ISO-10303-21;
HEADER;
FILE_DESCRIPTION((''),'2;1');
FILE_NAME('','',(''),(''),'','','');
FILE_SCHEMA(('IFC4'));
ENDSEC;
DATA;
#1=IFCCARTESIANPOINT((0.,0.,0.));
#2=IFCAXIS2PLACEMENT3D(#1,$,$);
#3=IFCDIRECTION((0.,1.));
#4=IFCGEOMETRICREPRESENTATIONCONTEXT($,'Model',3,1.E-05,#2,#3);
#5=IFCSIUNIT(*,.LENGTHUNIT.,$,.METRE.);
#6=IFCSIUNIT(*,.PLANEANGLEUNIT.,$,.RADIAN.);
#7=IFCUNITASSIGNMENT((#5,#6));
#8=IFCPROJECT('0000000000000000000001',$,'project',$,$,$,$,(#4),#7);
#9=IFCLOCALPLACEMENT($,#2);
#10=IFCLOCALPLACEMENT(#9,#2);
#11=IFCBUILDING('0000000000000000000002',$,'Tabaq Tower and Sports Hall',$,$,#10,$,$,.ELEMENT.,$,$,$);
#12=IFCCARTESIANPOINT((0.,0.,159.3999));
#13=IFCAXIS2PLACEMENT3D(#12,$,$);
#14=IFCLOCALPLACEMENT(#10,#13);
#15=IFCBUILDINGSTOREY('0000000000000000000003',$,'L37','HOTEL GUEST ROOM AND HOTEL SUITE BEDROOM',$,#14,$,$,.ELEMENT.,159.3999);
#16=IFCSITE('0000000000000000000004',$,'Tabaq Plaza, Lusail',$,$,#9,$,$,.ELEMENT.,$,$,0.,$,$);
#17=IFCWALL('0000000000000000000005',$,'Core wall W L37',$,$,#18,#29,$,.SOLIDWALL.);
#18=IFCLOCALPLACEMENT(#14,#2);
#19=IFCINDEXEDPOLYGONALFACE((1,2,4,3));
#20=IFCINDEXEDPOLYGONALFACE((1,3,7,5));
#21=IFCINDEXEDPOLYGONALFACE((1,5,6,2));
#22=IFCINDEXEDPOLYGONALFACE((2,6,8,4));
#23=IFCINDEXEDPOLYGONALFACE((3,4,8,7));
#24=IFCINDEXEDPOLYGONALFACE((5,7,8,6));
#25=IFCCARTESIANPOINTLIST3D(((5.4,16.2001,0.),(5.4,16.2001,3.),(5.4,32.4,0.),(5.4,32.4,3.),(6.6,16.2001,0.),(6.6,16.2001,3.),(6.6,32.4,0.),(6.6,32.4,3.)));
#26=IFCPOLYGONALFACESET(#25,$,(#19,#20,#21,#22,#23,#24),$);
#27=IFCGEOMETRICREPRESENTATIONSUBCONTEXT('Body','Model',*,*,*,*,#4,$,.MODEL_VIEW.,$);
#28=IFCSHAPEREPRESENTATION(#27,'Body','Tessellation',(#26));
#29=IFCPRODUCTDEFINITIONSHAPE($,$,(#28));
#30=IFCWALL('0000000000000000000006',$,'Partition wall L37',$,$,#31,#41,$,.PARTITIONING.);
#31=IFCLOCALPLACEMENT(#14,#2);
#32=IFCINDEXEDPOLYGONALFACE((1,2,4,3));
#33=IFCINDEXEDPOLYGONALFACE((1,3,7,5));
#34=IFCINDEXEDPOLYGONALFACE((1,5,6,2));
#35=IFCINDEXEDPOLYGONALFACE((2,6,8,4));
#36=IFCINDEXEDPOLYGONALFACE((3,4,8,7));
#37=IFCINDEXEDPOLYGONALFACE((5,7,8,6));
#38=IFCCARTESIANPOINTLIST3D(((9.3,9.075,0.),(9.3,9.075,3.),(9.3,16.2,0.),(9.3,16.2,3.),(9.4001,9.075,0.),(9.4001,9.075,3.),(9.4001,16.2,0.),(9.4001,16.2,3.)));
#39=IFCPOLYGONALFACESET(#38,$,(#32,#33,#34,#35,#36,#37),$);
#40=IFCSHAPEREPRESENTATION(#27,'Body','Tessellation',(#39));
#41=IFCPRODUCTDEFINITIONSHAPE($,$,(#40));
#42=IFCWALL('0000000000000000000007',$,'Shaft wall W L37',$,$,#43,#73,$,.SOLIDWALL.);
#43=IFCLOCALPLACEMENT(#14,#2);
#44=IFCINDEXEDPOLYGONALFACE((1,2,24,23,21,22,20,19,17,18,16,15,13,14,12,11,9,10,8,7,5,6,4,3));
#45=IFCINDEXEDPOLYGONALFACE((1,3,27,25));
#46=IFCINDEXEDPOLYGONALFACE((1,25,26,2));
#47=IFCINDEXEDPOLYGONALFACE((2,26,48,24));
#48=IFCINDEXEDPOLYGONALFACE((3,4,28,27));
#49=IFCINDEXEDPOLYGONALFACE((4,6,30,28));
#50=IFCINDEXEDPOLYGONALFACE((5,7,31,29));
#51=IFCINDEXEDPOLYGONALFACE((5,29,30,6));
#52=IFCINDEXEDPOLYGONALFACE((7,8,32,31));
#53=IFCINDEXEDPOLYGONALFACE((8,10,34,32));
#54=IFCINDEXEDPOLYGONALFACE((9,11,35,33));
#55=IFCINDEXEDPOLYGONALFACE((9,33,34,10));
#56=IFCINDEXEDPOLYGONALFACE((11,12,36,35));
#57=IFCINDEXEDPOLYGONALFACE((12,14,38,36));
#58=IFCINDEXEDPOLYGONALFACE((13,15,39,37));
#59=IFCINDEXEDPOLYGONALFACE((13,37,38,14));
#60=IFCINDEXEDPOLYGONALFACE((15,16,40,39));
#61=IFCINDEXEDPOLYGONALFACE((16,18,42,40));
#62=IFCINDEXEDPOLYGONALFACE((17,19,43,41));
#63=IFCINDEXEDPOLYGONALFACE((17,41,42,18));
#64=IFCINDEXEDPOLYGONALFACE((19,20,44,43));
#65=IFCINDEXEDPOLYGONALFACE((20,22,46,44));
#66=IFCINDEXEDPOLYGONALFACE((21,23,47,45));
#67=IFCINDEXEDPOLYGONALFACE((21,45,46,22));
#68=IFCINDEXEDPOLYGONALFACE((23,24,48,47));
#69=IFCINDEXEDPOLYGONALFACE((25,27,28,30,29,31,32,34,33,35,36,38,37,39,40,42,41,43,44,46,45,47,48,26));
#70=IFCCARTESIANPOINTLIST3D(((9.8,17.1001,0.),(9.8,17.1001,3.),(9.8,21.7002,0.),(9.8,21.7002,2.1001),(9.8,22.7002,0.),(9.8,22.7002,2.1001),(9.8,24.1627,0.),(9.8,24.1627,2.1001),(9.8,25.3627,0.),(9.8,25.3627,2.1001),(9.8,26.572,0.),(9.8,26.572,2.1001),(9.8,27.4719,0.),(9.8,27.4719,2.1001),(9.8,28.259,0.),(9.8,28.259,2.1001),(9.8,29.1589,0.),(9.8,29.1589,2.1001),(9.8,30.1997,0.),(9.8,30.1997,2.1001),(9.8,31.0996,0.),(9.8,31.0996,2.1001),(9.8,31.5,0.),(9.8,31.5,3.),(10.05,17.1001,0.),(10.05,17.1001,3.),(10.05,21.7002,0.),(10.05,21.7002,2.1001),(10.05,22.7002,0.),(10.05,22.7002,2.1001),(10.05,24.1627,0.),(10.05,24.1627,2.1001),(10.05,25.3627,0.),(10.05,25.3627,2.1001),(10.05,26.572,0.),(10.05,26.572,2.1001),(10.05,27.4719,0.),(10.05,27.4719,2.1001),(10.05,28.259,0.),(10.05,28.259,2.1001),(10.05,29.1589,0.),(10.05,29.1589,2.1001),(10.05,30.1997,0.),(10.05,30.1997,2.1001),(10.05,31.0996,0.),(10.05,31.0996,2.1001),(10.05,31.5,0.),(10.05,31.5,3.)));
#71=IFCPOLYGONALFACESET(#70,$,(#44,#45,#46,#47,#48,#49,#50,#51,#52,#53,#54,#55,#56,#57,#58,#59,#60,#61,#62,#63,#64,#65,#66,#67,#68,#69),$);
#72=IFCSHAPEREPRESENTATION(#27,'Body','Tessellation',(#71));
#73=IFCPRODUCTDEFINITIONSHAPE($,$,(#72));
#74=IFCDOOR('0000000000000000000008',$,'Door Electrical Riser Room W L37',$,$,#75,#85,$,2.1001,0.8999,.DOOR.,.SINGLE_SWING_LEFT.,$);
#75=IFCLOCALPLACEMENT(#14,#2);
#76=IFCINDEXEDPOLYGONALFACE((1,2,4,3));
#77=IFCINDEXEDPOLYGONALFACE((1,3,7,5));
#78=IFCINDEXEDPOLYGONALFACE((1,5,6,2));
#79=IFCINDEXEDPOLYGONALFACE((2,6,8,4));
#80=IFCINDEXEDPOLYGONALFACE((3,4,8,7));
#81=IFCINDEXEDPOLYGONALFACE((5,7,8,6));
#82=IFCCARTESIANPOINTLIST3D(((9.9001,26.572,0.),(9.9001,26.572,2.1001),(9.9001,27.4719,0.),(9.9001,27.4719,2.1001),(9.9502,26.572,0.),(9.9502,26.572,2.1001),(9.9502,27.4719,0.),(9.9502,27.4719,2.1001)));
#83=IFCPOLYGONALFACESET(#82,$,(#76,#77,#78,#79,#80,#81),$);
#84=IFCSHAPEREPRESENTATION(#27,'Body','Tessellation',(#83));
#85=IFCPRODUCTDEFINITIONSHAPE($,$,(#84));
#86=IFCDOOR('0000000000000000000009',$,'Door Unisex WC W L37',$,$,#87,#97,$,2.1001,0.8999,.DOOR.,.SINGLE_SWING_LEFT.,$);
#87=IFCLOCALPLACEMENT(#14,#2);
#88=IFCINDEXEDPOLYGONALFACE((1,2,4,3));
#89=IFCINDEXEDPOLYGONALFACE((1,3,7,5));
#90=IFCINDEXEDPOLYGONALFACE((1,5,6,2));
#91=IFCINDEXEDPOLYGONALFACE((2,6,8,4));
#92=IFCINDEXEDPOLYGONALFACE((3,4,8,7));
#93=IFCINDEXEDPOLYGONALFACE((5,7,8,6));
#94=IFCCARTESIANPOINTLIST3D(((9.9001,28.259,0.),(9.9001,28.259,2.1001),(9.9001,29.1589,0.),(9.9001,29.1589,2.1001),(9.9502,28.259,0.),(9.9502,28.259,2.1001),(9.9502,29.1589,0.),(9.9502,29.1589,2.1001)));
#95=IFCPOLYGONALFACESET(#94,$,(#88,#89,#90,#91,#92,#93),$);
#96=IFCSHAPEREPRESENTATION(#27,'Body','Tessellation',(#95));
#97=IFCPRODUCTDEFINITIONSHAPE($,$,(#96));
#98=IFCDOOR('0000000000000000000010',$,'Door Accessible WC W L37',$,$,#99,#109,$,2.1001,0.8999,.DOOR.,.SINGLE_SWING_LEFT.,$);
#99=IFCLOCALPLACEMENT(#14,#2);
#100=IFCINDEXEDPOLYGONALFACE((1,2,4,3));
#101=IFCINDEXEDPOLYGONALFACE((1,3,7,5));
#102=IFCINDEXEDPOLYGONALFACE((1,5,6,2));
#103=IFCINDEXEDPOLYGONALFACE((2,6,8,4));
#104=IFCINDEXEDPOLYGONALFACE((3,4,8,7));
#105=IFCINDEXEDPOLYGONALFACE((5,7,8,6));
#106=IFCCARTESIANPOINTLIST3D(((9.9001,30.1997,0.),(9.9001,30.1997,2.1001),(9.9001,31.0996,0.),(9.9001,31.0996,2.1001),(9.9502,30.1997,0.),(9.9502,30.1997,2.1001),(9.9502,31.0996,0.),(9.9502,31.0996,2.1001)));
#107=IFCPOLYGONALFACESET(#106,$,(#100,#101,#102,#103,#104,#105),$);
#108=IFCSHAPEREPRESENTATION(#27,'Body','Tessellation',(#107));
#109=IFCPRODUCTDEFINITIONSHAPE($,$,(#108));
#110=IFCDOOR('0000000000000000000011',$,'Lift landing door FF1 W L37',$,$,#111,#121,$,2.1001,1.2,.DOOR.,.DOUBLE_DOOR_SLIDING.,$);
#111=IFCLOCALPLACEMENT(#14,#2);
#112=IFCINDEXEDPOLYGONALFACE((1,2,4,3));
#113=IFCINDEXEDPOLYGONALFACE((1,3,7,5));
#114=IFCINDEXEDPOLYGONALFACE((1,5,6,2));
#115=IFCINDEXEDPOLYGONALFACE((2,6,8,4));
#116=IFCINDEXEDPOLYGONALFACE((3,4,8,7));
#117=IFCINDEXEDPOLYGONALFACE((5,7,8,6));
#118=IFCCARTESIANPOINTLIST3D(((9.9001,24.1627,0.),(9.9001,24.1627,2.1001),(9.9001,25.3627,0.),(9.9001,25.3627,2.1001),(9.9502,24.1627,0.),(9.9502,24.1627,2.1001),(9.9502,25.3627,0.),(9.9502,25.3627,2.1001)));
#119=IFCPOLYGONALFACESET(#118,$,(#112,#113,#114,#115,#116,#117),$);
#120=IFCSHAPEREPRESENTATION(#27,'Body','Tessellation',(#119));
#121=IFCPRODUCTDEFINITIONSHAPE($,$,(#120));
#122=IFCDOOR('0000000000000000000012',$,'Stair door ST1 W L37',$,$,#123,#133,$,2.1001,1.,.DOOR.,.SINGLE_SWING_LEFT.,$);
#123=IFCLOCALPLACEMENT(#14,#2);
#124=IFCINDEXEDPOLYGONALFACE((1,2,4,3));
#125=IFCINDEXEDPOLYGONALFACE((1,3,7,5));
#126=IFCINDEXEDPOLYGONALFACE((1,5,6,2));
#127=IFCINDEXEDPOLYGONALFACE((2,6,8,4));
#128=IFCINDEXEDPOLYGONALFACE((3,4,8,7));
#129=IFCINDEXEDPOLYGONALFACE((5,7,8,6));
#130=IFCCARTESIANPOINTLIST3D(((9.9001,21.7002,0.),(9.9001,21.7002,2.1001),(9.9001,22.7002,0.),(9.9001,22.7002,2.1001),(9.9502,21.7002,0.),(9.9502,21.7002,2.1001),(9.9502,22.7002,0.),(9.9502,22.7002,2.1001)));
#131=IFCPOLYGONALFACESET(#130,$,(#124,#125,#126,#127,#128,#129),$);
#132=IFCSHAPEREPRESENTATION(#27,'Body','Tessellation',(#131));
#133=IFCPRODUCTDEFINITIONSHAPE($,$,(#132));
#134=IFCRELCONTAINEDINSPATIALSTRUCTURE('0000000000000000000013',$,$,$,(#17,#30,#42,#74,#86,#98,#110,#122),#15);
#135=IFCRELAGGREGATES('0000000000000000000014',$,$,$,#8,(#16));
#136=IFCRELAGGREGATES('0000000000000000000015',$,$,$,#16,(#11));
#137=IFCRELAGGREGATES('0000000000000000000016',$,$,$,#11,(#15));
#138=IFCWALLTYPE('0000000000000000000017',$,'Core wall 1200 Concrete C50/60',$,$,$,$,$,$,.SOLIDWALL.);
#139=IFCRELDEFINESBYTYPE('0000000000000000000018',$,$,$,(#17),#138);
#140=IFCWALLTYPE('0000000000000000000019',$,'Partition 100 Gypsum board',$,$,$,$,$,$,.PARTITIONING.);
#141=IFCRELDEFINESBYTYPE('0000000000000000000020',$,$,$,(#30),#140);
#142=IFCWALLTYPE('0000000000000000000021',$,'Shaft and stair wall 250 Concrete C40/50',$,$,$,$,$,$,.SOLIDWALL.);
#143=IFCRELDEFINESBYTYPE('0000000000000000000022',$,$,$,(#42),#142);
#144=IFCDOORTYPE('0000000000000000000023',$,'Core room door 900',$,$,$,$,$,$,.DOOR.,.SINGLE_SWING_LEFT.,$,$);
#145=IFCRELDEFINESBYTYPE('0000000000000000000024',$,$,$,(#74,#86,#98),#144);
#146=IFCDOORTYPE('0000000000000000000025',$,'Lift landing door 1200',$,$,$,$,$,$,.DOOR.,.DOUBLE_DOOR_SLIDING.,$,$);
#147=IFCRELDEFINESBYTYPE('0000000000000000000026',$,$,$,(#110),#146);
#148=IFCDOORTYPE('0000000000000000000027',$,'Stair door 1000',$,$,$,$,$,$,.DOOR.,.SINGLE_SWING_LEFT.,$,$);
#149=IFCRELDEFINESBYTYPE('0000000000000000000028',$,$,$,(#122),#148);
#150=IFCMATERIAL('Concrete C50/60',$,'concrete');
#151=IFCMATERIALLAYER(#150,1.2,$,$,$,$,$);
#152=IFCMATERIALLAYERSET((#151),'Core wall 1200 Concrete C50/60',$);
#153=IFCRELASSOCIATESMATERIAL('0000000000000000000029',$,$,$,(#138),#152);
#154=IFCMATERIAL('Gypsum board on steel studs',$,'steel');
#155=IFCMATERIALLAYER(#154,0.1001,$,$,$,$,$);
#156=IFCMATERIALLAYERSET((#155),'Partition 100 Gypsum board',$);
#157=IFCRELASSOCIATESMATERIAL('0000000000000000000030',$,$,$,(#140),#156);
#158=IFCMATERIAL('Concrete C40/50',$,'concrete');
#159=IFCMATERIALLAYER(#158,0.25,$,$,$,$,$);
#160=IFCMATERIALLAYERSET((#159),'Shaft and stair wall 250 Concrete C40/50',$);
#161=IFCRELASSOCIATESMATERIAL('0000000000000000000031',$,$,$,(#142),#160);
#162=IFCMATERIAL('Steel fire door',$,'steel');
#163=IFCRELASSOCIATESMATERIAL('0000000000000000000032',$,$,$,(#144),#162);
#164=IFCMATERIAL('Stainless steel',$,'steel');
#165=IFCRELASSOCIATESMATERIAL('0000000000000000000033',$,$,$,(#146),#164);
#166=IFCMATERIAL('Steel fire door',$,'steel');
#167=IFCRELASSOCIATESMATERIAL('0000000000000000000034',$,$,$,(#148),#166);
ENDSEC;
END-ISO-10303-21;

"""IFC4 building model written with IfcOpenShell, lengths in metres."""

from ifc_helpers import new_model, si_unit, direction, frame, frame_2d, origin, place, context, subcontext, project, spatial, rectangle, extrude, material, layer, layer_set, type_object, element, fill, save


model = new_model("IFC4")

# Units and contexts
model_context = context("Model", 3, precision=1e-05, world=origin(), true_north=direction((0.0, 1.0)))
body_context = subcontext(model_context, "Body", "Model", "MODEL_VIEW")
ifc_project = project(units=[si_unit("LENGTHUNIT", "METRE"), si_unit("PLANEANGLEUNIT", "RADIAN")], contexts=[model_context])

# Site, building, storey
site_placement = place(None, origin())
site = spatial("IfcSite", under=ifc_project, at=site_placement, Name="Tabaq Plaza, Lusail", CompositionType="ELEMENT", RefElevation=0.0)
building_placement = place(site_placement, origin())
building = spatial("IfcBuilding", under=site, at=building_placement, Name="Tabaq Tower and Sports Hall", CompositionType="ELEMENT")
storey_placement = place(building_placement, frame((0.0, 0.0, 159.3999)))
storey = spatial("IfcBuildingStorey", under=building, at=storey_placement, Name="L37", Description="HOTEL GUEST ROOM AND HOTEL SUITE BEDROOM", CompositionType="ELEMENT", Elevation=159.3999)

# Walls
ifc_material_1 = material(Name="Concrete C50/60", Category="concrete")
ifc_layer_1 = layer(ifc_material_1, 1.2)
ifc_layer_set_1 = layer_set([ifc_layer_1], Name="Core wall 1200 Concrete C50/60")
wall_type_1 = type_object("IfcWallType", Name="Core wall 1200 Concrete C50/60", PredefinedType="SOLIDWALL", material=ifc_layer_set_1)
wall_1_placement = place(storey_placement, frame((6.0, 16.2, 0.0), z_axis=(0.0, 0.0, 1.0), x_axis=(0.0, 1.0, 0.0)))
element("IfcWall", 1, at=wall_1_placement, inside=storey, type_object=wall_type_1, Name="Core wall W L37", PredefinedType="SOLIDWALL", context=body_context, shape_type="SweptSolid", body=[
    extrude(rectangle(XDim=16.2, YDim=1.2, at=frame_2d((8.1001, 0.0))), origin(), (0.0, 0.0, 1.0), 3.0),
])
ifc_material_2 = material(Name="Gypsum board on steel studs", Category="steel")
ifc_layer_2 = layer(ifc_material_2, 0.1001)
ifc_layer_set_2 = layer_set([ifc_layer_2], Name="Partition 100 Gypsum board")
wall_type_2 = type_object("IfcWallType", Name="Partition 100 Gypsum board", PredefinedType="PARTITIONING", material=ifc_layer_set_2)
wall_2_placement = place(storey_placement, frame((9.3501, 16.2, 0.0), z_axis=(0.0, 0.0, 1.0), x_axis=(0.0, -1.0, 0.0)))
element("IfcWall", 2, at=wall_2_placement, inside=storey, type_object=wall_type_2, Name="Partition wall L37", PredefinedType="PARTITIONING", context=body_context, shape_type="SweptSolid", body=[
    extrude(rectangle(XDim=7.125, YDim=0.1001, at=frame_2d((3.5625, 0.0))), origin(), (0.0, 0.0, 1.0), 3.0),
])

# Wall, openings, doors
ifc_material_3 = material(Name="Concrete C40/50", Category="concrete")
ifc_layer_3 = layer(ifc_material_3, 0.25)
ifc_layer_set_3 = layer_set([ifc_layer_3], Name="Shaft and stair wall 250 Concrete C40/50")
wall_type_3 = type_object("IfcWallType", Name="Shaft and stair wall 250 Concrete C40/50", PredefinedType="SOLIDWALL", material=ifc_layer_set_3)
wall_3_placement = place(storey_placement, frame((9.925, 17.1001, 0.0), z_axis=(0.0, 0.0, 1.0), x_axis=(0.0, 1.0, 0.0)))
wall_3 = element("IfcWall", 3, at=wall_3_placement, inside=storey, type_object=wall_type_3, Name="Shaft wall W L37", PredefinedType="SOLIDWALL", context=body_context, shape_type="SweptSolid", body=[
    extrude(rectangle(XDim=14.3999, YDim=0.25, at=frame_2d((7.2, 0.0))), origin(), (0.0, 0.0, 1.0), 3.0),
])
opening_1_placement = place(wall_3_placement, frame((4.6001, 0.0, 0.0)))
opening_1 = element("IfcOpeningElement", 4, at=opening_1_placement, cuts=wall_3, PredefinedType="OPENING", context=body_context, shape_type="SweptSolid", body=[
    extrude(rectangle(XDim=1.0, YDim=2.1001, at=frame_2d((0.5, 1.05))), frame((0.0, 0.125, 0.0), z_axis=(0.0, -1.0, 0.0), x_axis=(1.0, 0.0, 0.0)), (0.0, 0.0, 1.0), 0.25),
])
opening_2_placement = place(wall_3_placement, frame((7.0625, 0.0, 0.0)))
opening_2 = element("IfcOpeningElement", 5, at=opening_2_placement, cuts=wall_3, PredefinedType="OPENING", context=body_context, shape_type="SweptSolid", body=[
    extrude(rectangle(XDim=1.2, YDim=2.1001, at=frame_2d((0.6001, 1.05))), frame((0.0, 0.125, 0.0), z_axis=(0.0, -1.0, 0.0), x_axis=(1.0, 0.0, 0.0)), (0.0, 0.0, 1.0), 0.25),
])
opening_3_placement = place(wall_3_placement, frame((9.4719, 0.0, 0.0)))
opening_3 = element("IfcOpeningElement", 6, at=opening_3_placement, cuts=wall_3, PredefinedType="OPENING", context=body_context, shape_type="SweptSolid", body=[
    extrude(rectangle(XDim=0.8999, YDim=2.1001, at=frame_2d((0.45, 1.05))), frame((0.0, 0.125, 0.0), z_axis=(0.0, -1.0, 0.0), x_axis=(1.0, 0.0, 0.0)), (0.0, 0.0, 1.0), 0.25),
])
opening_4_placement = place(wall_3_placement, frame((11.1589, 0.0, 0.0)))
opening_4 = element("IfcOpeningElement", 7, at=opening_4_placement, cuts=wall_3, PredefinedType="OPENING", context=body_context, shape_type="SweptSolid", body=[
    extrude(rectangle(XDim=0.8999, YDim=2.1001, at=frame_2d((0.45, 1.05))), frame((0.0, 0.125, 0.0), z_axis=(0.0, -1.0, 0.0), x_axis=(1.0, 0.0, 0.0)), (0.0, 0.0, 1.0), 0.25),
])
opening_5_placement = place(wall_3_placement, frame((13.0996, 0.0, 0.0)))
opening_5 = element("IfcOpeningElement", 8, at=opening_5_placement, cuts=wall_3, PredefinedType="OPENING", context=body_context, shape_type="SweptSolid", body=[
    extrude(rectangle(XDim=0.8999, YDim=2.1001, at=frame_2d((0.45, 1.05))), frame((0.0, 0.125, 0.0), z_axis=(0.0, -1.0, 0.0), x_axis=(1.0, 0.0, 0.0)), (0.0, 0.0, 1.0), 0.25),
])
ifc_material_4 = material(Name="Steel fire door", Category="steel")
door_type_1 = type_object("IfcDoorType", Name="Core room door 900", OperationType="SINGLE_SWING_LEFT", PredefinedType="DOOR", material=ifc_material_4)
door_1_placement = place(opening_3_placement, origin())
door_1 = element("IfcDoor", 9, at=door_1_placement, inside=storey, type_object=door_type_1, Name="Door Electrical Riser Room W L37", OperationType="SINGLE_SWING_LEFT", OverallHeight=2.1001, OverallWidth=0.8999, PredefinedType="DOOR", context=body_context, shape_type="SweptSolid", body=[
    extrude(rectangle(XDim=0.8999, YDim=2.1001, at=frame_2d((0.45, 1.05))), frame((0.0, 0.0249, 0.0), z_axis=(0.0, -1.0, 0.0), x_axis=(1.0, 0.0, 0.0)), (0.0, 0.0, 1.0), 0.05),
])
fill(opening_3, door_1)
door_2_placement = place(opening_4_placement, origin())
door_2 = element("IfcDoor", 10, at=door_2_placement, inside=storey, type_object=door_type_1, Name="Door Unisex WC W L37", OperationType="SINGLE_SWING_LEFT", OverallHeight=2.1001, OverallWidth=0.8999, PredefinedType="DOOR", context=body_context, shape_type="SweptSolid", body=[
    extrude(rectangle(XDim=0.8999, YDim=2.1001, at=frame_2d((0.45, 1.05))), frame((0.0, 0.0249, 0.0), z_axis=(0.0, -1.0, 0.0), x_axis=(1.0, 0.0, 0.0)), (0.0, 0.0, 1.0), 0.05),
])
fill(opening_4, door_2)
door_3_placement = place(opening_5_placement, origin())
door_3 = element("IfcDoor", 11, at=door_3_placement, inside=storey, type_object=door_type_1, Name="Door Accessible WC W L37", OperationType="SINGLE_SWING_LEFT", OverallHeight=2.1001, OverallWidth=0.8999, PredefinedType="DOOR", context=body_context, shape_type="SweptSolid", body=[
    extrude(rectangle(XDim=0.8999, YDim=2.1001, at=frame_2d((0.45, 1.05))), frame((0.0, 0.0249, 0.0), z_axis=(0.0, -1.0, 0.0), x_axis=(1.0, 0.0, 0.0)), (0.0, 0.0, 1.0), 0.05),
])
fill(opening_5, door_3)
ifc_material_5 = material(Name="Stainless steel", Category="steel")
door_type_2 = type_object("IfcDoorType", Name="Lift landing door 1200", OperationType="DOUBLE_DOOR_SLIDING", PredefinedType="DOOR", material=ifc_material_5)
door_4_placement = place(opening_2_placement, origin())
door_4 = element("IfcDoor", 12, at=door_4_placement, inside=storey, type_object=door_type_2, Name="Lift landing door FF1 W L37", OperationType="DOUBLE_DOOR_SLIDING", OverallHeight=2.1001, OverallWidth=1.2, PredefinedType="DOOR", context=body_context, shape_type="SweptSolid", body=[
    extrude(rectangle(XDim=1.2, YDim=2.1001, at=frame_2d((0.6001, 1.05))), frame((0.0, 0.0249, 0.0), z_axis=(0.0, -1.0, 0.0), x_axis=(1.0, 0.0, 0.0)), (0.0, 0.0, 1.0), 0.05),
])
fill(opening_2, door_4)
ifc_material_6 = material(Name="Steel fire door", Category="steel")
door_type_3 = type_object("IfcDoorType", Name="Stair door 1000", OperationType="SINGLE_SWING_LEFT", PredefinedType="DOOR", material=ifc_material_6)
door_5_placement = place(opening_1_placement, origin())
door_5 = element("IfcDoor", 13, at=door_5_placement, inside=storey, type_object=door_type_3, Name="Stair door ST1 W L37", OperationType="SINGLE_SWING_LEFT", OverallHeight=2.1001, OverallWidth=1.0, PredefinedType="DOOR", context=body_context, shape_type="SweptSolid", body=[
    extrude(rectangle(XDim=1.0, YDim=2.1001, at=frame_2d((0.5, 1.05))), frame((0.0, 0.0249, 0.0), z_axis=(0.0, -1.0, 0.0), x_axis=(1.0, 0.0, 0.0)), (0.0, 0.0, 1.0), 0.05),
])
fill(opening_1, door_5)

save(model, "model.ifc")
